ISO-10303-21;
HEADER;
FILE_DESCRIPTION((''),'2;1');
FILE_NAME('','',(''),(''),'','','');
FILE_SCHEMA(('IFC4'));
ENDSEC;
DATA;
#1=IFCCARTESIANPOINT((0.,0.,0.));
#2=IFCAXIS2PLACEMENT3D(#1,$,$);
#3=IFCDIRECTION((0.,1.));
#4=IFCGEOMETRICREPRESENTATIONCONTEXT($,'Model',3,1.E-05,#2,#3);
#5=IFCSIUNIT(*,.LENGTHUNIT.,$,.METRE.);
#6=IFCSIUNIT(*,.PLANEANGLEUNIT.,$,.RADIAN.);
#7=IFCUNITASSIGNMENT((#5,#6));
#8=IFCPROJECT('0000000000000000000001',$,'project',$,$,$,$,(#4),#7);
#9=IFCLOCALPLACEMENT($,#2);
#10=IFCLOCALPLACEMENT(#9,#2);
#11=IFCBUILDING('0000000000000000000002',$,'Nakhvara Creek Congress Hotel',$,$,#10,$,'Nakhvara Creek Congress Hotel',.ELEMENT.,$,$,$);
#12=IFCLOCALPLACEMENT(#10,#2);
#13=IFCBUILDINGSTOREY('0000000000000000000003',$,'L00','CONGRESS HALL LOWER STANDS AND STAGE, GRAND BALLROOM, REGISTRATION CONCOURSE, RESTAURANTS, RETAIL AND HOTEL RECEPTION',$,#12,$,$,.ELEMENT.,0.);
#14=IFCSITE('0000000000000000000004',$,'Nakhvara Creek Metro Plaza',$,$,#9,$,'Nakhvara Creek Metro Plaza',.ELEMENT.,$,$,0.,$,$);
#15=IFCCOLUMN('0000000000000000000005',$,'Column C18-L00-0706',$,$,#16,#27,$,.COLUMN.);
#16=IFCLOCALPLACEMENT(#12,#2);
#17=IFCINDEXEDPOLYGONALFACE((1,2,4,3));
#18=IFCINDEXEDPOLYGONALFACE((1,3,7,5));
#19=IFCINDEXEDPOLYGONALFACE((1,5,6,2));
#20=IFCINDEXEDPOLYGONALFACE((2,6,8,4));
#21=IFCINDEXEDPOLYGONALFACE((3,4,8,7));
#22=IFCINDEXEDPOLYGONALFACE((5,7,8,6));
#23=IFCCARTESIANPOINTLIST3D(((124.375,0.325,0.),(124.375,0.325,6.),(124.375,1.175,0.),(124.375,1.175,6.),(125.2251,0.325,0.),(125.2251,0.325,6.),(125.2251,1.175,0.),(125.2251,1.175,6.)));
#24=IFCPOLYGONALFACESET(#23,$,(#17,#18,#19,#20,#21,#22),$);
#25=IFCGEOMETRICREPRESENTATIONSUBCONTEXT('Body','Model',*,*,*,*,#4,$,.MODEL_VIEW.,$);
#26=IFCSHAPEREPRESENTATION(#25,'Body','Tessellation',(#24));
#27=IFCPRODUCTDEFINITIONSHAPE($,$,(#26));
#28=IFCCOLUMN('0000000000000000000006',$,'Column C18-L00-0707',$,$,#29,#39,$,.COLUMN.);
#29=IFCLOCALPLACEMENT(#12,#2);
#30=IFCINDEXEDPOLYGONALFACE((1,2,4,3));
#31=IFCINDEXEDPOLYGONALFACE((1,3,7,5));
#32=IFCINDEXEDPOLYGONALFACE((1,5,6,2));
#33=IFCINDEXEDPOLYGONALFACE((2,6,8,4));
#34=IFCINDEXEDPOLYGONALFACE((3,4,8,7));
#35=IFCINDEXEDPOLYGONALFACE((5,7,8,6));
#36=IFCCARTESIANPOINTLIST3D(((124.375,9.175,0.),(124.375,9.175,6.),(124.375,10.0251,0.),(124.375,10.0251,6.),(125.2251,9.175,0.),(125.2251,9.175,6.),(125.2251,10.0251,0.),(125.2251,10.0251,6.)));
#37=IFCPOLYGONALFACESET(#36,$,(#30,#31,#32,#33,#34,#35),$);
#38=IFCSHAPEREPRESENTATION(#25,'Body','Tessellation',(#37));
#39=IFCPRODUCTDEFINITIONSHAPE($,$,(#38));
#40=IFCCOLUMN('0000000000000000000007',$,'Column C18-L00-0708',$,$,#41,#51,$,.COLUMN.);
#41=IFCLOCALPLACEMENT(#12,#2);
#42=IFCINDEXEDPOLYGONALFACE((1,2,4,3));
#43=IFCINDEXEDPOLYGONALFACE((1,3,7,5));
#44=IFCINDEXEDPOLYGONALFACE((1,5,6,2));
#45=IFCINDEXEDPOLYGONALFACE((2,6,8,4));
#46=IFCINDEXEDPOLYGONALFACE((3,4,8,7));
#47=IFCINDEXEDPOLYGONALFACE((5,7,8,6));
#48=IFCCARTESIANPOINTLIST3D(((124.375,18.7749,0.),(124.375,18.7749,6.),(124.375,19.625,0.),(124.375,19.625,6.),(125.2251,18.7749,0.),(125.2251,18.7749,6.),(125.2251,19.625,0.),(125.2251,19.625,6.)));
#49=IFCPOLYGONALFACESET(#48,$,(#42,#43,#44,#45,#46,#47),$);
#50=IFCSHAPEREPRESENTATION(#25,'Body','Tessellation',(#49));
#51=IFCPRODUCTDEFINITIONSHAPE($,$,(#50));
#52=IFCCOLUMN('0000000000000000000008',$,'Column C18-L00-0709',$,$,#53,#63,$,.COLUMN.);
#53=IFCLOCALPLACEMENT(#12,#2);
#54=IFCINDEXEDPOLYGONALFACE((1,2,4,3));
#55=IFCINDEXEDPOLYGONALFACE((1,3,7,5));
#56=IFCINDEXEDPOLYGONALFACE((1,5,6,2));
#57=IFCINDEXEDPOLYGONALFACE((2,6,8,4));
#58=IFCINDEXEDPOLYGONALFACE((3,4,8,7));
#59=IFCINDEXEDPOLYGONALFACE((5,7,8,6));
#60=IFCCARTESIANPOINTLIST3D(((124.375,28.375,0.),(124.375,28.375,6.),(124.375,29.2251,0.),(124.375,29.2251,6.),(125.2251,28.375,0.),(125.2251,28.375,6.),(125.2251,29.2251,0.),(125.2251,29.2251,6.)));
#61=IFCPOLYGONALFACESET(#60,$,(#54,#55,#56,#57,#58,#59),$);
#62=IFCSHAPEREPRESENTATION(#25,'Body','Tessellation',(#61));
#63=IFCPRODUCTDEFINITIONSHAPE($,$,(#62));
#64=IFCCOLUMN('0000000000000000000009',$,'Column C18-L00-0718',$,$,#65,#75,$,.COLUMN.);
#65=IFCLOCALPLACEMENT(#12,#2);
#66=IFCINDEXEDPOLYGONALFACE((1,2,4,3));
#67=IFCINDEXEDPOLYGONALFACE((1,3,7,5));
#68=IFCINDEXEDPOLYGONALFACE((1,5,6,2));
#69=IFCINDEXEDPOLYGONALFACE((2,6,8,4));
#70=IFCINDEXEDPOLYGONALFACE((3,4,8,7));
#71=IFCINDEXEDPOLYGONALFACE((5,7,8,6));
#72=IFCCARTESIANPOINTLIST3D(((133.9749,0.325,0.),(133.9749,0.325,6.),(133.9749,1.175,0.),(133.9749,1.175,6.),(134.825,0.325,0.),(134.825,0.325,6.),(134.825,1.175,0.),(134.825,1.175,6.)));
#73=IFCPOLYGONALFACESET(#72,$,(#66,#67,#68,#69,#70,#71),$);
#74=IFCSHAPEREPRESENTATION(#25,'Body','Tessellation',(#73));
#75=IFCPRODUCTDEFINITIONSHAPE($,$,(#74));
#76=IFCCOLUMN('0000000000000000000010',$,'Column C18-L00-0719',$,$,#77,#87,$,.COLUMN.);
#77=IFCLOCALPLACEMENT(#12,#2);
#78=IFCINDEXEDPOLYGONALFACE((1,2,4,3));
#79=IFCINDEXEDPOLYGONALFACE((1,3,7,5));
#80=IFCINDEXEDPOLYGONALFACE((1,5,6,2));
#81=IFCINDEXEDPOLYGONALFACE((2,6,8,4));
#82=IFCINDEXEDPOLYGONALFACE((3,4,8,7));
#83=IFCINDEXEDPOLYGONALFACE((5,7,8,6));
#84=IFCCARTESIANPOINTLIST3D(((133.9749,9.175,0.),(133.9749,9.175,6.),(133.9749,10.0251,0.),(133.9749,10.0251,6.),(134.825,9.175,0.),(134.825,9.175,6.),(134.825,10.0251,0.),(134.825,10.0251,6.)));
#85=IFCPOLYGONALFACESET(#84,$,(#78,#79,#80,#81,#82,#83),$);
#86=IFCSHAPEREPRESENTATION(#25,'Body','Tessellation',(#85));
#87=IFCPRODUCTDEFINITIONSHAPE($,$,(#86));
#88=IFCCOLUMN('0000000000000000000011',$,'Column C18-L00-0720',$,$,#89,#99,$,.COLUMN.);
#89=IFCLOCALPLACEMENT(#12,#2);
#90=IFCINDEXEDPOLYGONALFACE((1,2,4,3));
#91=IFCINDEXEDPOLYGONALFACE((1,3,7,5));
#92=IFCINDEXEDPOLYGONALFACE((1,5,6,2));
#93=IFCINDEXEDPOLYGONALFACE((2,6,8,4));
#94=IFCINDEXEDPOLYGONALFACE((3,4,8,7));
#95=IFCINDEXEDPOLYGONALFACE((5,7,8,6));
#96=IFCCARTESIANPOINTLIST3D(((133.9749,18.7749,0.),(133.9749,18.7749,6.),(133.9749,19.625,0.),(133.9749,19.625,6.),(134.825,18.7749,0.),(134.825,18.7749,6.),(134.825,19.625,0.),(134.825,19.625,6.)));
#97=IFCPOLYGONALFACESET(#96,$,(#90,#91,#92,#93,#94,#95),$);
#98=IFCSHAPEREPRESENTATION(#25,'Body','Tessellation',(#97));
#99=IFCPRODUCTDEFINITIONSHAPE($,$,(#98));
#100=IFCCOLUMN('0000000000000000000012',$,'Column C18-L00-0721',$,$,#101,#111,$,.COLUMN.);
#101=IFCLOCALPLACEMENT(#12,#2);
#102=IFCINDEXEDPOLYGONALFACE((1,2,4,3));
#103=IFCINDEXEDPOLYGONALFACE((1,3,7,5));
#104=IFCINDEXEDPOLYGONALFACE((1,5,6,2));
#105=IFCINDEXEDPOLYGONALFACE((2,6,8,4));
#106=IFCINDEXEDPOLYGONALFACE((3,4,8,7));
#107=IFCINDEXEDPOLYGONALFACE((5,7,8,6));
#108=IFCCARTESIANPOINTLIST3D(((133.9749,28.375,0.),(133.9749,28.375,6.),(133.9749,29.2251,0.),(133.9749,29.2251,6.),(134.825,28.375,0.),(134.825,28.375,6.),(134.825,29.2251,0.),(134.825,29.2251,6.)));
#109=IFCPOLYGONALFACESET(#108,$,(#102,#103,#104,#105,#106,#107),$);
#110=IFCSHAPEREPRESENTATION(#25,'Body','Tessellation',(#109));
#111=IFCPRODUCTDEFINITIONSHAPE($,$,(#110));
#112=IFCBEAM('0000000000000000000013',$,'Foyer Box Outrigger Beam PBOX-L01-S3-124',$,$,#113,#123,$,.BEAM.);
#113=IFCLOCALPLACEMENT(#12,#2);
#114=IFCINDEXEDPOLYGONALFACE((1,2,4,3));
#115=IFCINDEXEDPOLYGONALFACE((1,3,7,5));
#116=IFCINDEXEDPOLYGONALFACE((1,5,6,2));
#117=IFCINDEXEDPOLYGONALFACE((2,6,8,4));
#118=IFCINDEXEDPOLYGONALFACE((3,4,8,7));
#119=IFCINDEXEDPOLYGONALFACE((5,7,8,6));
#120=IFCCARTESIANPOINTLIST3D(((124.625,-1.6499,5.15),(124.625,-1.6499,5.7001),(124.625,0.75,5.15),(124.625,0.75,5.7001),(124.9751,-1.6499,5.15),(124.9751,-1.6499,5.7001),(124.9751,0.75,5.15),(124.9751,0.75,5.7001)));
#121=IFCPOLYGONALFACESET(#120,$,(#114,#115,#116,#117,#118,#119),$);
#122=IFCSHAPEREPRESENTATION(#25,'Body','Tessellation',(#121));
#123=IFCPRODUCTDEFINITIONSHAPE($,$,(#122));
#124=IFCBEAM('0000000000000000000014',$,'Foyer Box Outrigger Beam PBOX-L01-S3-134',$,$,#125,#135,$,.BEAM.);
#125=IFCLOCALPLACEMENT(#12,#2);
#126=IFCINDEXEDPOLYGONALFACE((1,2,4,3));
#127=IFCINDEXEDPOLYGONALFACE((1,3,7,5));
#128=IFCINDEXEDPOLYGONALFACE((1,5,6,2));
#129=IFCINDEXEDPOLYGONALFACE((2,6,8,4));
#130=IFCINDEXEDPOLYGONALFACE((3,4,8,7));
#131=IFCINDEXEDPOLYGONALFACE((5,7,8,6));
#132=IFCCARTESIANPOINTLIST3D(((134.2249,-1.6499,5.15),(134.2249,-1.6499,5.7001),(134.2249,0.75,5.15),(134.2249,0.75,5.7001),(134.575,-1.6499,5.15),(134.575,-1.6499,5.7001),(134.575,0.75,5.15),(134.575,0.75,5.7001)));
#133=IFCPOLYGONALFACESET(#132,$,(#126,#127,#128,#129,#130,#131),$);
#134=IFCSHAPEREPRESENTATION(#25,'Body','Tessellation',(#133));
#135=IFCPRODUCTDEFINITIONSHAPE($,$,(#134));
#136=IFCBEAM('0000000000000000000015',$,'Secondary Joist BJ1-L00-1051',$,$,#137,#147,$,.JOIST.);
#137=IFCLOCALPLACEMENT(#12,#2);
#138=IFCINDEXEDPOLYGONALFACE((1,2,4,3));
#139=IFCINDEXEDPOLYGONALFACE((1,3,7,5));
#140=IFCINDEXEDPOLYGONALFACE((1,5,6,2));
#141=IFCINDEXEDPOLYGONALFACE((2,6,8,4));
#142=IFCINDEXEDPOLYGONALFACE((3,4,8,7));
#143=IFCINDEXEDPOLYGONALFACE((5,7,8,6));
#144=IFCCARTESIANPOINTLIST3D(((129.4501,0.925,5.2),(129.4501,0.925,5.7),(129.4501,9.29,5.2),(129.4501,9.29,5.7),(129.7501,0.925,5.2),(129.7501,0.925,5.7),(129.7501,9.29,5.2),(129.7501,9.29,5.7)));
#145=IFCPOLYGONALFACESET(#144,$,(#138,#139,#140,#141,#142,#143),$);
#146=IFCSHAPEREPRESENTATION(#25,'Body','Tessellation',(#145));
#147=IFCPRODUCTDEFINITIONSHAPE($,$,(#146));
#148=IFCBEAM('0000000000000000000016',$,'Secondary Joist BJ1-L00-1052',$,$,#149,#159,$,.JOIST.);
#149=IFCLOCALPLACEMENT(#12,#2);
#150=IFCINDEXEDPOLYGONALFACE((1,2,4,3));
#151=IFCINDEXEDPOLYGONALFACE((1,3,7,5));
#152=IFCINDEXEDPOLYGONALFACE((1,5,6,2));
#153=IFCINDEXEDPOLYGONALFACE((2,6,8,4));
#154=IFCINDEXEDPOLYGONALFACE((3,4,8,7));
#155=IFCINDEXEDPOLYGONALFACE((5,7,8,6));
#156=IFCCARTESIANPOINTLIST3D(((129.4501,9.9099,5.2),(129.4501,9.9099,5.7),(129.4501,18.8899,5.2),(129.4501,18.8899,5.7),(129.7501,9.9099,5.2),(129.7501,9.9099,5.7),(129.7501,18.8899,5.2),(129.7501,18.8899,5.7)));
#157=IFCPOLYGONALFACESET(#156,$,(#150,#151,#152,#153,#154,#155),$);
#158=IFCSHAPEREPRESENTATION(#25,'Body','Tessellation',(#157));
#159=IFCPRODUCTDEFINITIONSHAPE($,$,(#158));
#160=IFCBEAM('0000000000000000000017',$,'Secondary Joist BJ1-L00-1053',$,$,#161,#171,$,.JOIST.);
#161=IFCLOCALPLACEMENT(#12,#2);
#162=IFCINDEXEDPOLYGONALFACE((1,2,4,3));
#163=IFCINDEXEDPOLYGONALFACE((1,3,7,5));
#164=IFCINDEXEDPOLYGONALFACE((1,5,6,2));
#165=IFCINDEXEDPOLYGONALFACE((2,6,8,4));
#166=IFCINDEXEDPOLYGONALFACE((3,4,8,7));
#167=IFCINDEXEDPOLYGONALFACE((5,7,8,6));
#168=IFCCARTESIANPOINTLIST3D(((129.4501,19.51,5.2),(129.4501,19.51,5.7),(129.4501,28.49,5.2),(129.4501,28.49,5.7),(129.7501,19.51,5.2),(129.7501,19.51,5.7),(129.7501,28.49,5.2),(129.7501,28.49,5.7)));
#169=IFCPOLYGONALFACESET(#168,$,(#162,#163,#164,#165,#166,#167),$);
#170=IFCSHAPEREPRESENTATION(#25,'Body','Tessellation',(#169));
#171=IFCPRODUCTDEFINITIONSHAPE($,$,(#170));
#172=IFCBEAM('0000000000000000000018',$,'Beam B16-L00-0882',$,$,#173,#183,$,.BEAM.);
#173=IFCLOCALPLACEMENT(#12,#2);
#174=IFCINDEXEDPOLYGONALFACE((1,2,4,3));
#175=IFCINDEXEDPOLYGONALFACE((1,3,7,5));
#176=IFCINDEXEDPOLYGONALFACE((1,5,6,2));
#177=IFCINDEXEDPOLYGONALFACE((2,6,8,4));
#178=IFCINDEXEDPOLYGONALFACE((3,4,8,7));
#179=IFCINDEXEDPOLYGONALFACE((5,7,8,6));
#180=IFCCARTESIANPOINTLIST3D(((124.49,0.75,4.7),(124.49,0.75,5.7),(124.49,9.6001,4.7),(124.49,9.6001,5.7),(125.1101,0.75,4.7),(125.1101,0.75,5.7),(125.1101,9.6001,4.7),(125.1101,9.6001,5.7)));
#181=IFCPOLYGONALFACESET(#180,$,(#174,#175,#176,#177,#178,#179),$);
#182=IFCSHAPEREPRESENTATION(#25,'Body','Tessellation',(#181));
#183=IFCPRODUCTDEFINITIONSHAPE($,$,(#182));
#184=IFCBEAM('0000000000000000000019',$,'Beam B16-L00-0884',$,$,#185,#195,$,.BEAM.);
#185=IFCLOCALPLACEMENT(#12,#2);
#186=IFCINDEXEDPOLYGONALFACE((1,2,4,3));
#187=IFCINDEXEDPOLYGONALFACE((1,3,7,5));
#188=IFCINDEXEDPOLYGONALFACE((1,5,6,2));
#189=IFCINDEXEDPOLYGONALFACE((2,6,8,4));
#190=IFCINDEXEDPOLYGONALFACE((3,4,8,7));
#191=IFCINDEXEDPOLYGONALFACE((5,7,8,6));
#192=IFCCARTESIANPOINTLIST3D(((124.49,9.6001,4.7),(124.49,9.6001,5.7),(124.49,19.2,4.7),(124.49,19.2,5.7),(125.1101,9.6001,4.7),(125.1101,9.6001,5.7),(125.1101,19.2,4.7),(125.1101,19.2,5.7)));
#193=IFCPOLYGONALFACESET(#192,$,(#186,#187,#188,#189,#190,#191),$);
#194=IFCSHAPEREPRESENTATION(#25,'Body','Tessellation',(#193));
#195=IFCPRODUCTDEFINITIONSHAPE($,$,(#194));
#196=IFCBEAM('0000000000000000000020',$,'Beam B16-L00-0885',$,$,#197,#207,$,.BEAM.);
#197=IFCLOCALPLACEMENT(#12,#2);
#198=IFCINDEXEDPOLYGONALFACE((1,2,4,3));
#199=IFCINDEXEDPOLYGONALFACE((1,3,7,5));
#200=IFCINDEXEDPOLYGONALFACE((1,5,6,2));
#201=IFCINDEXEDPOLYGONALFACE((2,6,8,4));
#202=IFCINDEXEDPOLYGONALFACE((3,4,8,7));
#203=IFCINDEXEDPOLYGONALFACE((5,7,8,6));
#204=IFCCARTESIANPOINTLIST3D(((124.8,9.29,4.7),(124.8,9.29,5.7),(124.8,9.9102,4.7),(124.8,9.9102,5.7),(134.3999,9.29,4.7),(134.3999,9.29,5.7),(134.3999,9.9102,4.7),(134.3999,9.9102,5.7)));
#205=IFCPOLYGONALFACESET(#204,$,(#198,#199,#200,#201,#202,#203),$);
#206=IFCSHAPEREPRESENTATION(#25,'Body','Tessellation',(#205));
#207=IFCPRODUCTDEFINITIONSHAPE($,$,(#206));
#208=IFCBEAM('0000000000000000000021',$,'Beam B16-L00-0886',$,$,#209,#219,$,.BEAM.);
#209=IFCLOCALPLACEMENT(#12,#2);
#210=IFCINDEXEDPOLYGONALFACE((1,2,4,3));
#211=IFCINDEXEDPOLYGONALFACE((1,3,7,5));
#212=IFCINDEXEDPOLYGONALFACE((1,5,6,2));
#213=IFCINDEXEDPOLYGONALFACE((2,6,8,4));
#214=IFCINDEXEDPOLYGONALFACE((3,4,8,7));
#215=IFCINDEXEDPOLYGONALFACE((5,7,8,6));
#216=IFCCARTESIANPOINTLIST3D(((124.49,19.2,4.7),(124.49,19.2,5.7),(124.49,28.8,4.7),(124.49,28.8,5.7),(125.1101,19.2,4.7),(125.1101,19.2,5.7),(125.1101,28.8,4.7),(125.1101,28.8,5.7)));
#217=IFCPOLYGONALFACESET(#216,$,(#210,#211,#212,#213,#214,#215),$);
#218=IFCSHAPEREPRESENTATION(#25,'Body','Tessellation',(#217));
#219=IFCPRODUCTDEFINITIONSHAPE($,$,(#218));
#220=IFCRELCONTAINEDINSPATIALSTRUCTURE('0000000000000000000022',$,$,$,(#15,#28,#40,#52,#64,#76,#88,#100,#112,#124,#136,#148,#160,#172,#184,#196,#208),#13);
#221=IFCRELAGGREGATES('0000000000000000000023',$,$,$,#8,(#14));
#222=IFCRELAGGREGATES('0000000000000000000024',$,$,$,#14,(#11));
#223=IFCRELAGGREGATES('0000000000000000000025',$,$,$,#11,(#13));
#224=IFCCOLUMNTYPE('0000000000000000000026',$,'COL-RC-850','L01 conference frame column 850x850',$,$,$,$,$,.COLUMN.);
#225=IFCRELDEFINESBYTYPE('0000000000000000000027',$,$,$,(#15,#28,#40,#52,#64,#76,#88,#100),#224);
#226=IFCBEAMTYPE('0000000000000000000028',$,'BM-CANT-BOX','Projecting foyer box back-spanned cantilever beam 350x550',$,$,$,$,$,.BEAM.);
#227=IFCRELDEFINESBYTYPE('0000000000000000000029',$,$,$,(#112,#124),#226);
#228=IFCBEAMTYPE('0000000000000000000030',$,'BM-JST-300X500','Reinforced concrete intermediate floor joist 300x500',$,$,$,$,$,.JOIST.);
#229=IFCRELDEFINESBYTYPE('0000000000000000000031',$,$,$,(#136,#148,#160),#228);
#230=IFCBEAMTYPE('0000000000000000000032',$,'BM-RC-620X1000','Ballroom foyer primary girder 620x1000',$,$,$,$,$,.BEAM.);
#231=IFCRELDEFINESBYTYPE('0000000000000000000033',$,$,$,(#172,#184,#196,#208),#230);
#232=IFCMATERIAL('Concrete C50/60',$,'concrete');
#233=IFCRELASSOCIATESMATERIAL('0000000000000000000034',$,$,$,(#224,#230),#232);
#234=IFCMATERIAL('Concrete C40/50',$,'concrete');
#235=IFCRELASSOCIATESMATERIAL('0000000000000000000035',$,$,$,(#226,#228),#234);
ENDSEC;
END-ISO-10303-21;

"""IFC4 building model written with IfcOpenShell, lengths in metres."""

from ifc_helpers import new_model, si_unit, direction, frame, origin, origin_2d, place, context, subcontext, project, spatial, rectangle, extrude, material, material_profile, profile_set, type_object, element, save


model = new_model("IFC4")

# Units and contexts
model_context = context("Model", 3, precision=1e-05, world=origin(), true_north=direction((0.0, 1.0)))
body_context = subcontext(model_context, "Body", "Model", "MODEL_VIEW")
ifc_project = project(units=[si_unit("LENGTHUNIT", "METRE"), si_unit("PLANEANGLEUNIT", "RADIAN")], contexts=[model_context])

# Site, building, storey
site_placement = place(None, origin())
site = spatial("IfcSite", under=ifc_project, at=site_placement, Name="Nakhvara Creek Metro Plaza", LongName="Nakhvara Creek Metro Plaza", CompositionType="ELEMENT", RefElevation=0.0)
building_placement = place(site_placement, origin())
building = spatial("IfcBuilding", under=site, at=building_placement, Name="Nakhvara Creek Congress Hotel", LongName="Nakhvara Creek Congress Hotel", CompositionType="ELEMENT")
storey_placement = place(building_placement, origin())
storey = spatial("IfcBuildingStorey", under=building, at=storey_placement, Name="L00", Description="CONGRESS HALL LOWER STANDS AND STAGE, GRAND BALLROOM, REGISTRATION CONCOURSE, RESTAURANTS, RETAIL AND HOTEL RECEPTION", CompositionType="ELEMENT", Elevation=0.0)

# Columns
ifc_material_1 = material(Name="Concrete C50/60", Category="concrete")
ifc_material_profile_1 = material_profile(ifc_material_1, rectangle(XDim=0.8501, YDim=0.8501, at=origin_2d()), Name="RC-COL 850x850", Category="LoadBearing")
ifc_profile_set_1 = profile_set([ifc_material_profile_1], Name="Concrete C50/60")
column_type = type_object("IfcColumnType", Name="COL-RC-850", Description="L01 conference frame column 850x850", PredefinedType="COLUMN", material=ifc_profile_set_1)
for number, where, z_axis, x_axis, name in (
    (1, (124.8, 0.75, 0.0), (0.0, 0.0, 1.0), (1.0, 0.0, 0.0), "Column C18-L00-0706"),
    (2, (124.8, 9.6001, 0.0), (0.0, 0.0, 1.0), (1.0, 0.0, 0.0), "Column C18-L00-0707"),
    (3, (124.8, 19.2, 0.0), (0.0, 0.0, 1.0), (1.0, 0.0, 0.0), "Column C18-L00-0708"),
    (4, (124.8, 28.8, 0.0), (0.0, 0.0, 1.0), (1.0, 0.0, 0.0), "Column C18-L00-0709"),
    (5, (134.3999, 0.75, 0.0), (0.0, 0.0, 1.0), (1.0, 0.0, 0.0), "Column C18-L00-0718"),
    (6, (134.3999, 9.6001, 0.0), (0.0, 0.0, 1.0), (1.0, 0.0, 0.0), "Column C18-L00-0719"),
    (7, (134.3999, 19.2, 0.0), (0.0, 0.0, 1.0), (1.0, 0.0, 0.0), "Column C18-L00-0720"),
    (8, (134.3999, 28.8, 0.0), (0.0, 0.0, 1.0), (1.0, 0.0, 0.0), "Column C18-L00-0721"),
):
    element("IfcColumn", number, at=place(storey_placement, frame(where, z_axis=z_axis, x_axis=x_axis)), inside=storey, type_object=column_type, Name=name, PredefinedType="COLUMN", context=body_context, shape_type="SweptSolid", body=[
        extrude(rectangle(XDim=0.8501, YDim=0.8501, at=origin_2d()), origin(), (0.0, 0.0, 1.0), 6.0),
    ])

# Beams
ifc_material_2 = material(Name="Concrete C40/50", Category="concrete")
ifc_material_profile_2 = material_profile(ifc_material_2, rectangle(XDim=0.3501, YDim=0.55, at=origin_2d()), Name="RC-BM 350x550", Category="LoadBearing")
ifc_profile_set_2 = profile_set([ifc_material_profile_2], Name="Concrete C40/50")
beam_type_1 = type_object("IfcBeamType", Name="BM-CANT-BOX", Description="Projecting foyer box back-spanned cantilever beam 350x550", PredefinedType="BEAM", material=ifc_profile_set_2)
for number, where, z_axis, x_axis, name in (
    (9, (124.8, 0.75, 5.425), (0.0, -1.0, 0.0), (1.0, 0.0, 0.0), "Foyer Box Outrigger Beam PBOX-L01-S3-124"),
    (10, (134.3999, 0.75, 5.425), (0.0, -1.0, 0.0), (1.0, 0.0, 0.0), "Foyer Box Outrigger Beam PBOX-L01-S3-134"),
):
    element("IfcBeam", number, at=place(storey_placement, frame(where, z_axis=z_axis, x_axis=x_axis)), inside=storey, type_object=beam_type_1, Name=name, PredefinedType="BEAM", context=body_context, shape_type="SweptSolid", body=[
        extrude(rectangle(XDim=0.3501, YDim=0.55, at=origin_2d()), origin(), (0.0, 0.0, 1.0), 2.3999),
    ])
ifc_material_profile_3 = material_profile(ifc_material_2, rectangle(XDim=0.3, YDim=0.5, at=origin_2d()), Name="RC-BM 300x500", Category="LoadBearing")
ifc_profile_set_3 = profile_set([ifc_material_profile_3], Name="Concrete C40/50")
beam_type_2 = type_object("IfcBeamType", Name="BM-JST-300X500", Description="Reinforced concrete intermediate floor joist 300x500", PredefinedType="JOIST", material=ifc_profile_set_3)
beam_1_placement = place(storey_placement, frame((129.6001, 0.925, 5.45), z_axis=(0.0, 1.0, 0.0), x_axis=(-1.0, 0.0, 0.0)))
element("IfcBeam", 11, at=beam_1_placement, inside=storey, type_object=beam_type_2, Name="Secondary Joist BJ1-L00-1051", PredefinedType="JOIST", context=body_context, shape_type="SweptSolid", body=[
    extrude(rectangle(XDim=0.3, YDim=0.5, at=origin_2d()), origin(), (0.0, 0.0, 1.0), 8.365),
])
for number, where, z_axis, x_axis, name in (
    (12, (129.6001, 9.9099, 5.45), (0.0, 1.0, 0.0), (-1.0, 0.0, 0.0), "Secondary Joist BJ1-L00-1052"),
    (13, (129.6001, 19.51, 5.45), (0.0, 1.0, 0.0), (-1.0, 0.0, 0.0), "Secondary Joist BJ1-L00-1053"),
):
    element("IfcBeam", number, at=place(storey_placement, frame(where, z_axis=z_axis, x_axis=x_axis)), inside=storey, type_object=beam_type_2, Name=name, PredefinedType="JOIST", context=body_context, shape_type="SweptSolid", body=[
        extrude(rectangle(XDim=0.3, YDim=0.5, at=origin_2d()), origin(), (0.0, 0.0, 1.0), 8.98),
    ])
ifc_material_profile_4 = material_profile(ifc_material_1, rectangle(XDim=0.6201, YDim=1.0, at=origin_2d()), Name="RC-BM 620x1000", Category="LoadBearing")
ifc_profile_set_4 = profile_set([ifc_material_profile_4], Name="Concrete C50/60")
beam_type_3 = type_object("IfcBeamType", Name="BM-RC-620X1000", Description="Ballroom foyer primary girder 620x1000", PredefinedType="BEAM", material=ifc_profile_set_4)
beam_2_placement = place(storey_placement, frame((124.8, 0.75, 5.2), z_axis=(0.0, 1.0, 0.0), x_axis=(-1.0, 0.0, 0.0)))
element("IfcBeam", 14, at=beam_2_placement, inside=storey, type_object=beam_type_3, Name="Beam B16-L00-0882", PredefinedType="BEAM", context=body_context, shape_type="SweptSolid", body=[
    extrude(rectangle(XDim=0.6201, YDim=1.0, at=origin_2d()), origin(), (0.0, 0.0, 1.0), 8.8501),
])
for number, where, z_axis, x_axis, name in (
    (15, (124.8, 9.6001, 5.2), (0.0, 1.0, 0.0), (-1.0, 0.0, 0.0), "Beam B16-L00-0884"),
    (16, (124.8, 9.6001, 5.2), (1.0, 0.0, 0.0), (0.0, 1.0, 0.0), "Beam B16-L00-0885"),
):
    element("IfcBeam", number, at=place(storey_placement, frame(where, z_axis=z_axis, x_axis=x_axis)), inside=storey, type_object=beam_type_3, Name=name, PredefinedType="BEAM", context=body_context, shape_type="SweptSolid", body=[
        extrude(rectangle(XDim=0.6201, YDim=1.0, at=origin_2d()), origin(), (0.0, 0.0, 1.0), 9.5999),
    ])
beam_3_placement = place(storey_placement, frame((124.8, 19.2, 5.2), z_axis=(0.0, 1.0, 0.0), x_axis=(-1.0, 0.0, 0.0)))
element("IfcBeam", 17, at=beam_3_placement, inside=storey, type_object=beam_type_3, Name="Beam B16-L00-0886", PredefinedType="BEAM", context=body_context, shape_type="SweptSolid", body=[
    extrude(rectangle(XDim=0.6201, YDim=1.0, at=origin_2d()), origin(), (0.0, 0.0, 1.0), 9.6001),
])

save(model, "model.ifc")
